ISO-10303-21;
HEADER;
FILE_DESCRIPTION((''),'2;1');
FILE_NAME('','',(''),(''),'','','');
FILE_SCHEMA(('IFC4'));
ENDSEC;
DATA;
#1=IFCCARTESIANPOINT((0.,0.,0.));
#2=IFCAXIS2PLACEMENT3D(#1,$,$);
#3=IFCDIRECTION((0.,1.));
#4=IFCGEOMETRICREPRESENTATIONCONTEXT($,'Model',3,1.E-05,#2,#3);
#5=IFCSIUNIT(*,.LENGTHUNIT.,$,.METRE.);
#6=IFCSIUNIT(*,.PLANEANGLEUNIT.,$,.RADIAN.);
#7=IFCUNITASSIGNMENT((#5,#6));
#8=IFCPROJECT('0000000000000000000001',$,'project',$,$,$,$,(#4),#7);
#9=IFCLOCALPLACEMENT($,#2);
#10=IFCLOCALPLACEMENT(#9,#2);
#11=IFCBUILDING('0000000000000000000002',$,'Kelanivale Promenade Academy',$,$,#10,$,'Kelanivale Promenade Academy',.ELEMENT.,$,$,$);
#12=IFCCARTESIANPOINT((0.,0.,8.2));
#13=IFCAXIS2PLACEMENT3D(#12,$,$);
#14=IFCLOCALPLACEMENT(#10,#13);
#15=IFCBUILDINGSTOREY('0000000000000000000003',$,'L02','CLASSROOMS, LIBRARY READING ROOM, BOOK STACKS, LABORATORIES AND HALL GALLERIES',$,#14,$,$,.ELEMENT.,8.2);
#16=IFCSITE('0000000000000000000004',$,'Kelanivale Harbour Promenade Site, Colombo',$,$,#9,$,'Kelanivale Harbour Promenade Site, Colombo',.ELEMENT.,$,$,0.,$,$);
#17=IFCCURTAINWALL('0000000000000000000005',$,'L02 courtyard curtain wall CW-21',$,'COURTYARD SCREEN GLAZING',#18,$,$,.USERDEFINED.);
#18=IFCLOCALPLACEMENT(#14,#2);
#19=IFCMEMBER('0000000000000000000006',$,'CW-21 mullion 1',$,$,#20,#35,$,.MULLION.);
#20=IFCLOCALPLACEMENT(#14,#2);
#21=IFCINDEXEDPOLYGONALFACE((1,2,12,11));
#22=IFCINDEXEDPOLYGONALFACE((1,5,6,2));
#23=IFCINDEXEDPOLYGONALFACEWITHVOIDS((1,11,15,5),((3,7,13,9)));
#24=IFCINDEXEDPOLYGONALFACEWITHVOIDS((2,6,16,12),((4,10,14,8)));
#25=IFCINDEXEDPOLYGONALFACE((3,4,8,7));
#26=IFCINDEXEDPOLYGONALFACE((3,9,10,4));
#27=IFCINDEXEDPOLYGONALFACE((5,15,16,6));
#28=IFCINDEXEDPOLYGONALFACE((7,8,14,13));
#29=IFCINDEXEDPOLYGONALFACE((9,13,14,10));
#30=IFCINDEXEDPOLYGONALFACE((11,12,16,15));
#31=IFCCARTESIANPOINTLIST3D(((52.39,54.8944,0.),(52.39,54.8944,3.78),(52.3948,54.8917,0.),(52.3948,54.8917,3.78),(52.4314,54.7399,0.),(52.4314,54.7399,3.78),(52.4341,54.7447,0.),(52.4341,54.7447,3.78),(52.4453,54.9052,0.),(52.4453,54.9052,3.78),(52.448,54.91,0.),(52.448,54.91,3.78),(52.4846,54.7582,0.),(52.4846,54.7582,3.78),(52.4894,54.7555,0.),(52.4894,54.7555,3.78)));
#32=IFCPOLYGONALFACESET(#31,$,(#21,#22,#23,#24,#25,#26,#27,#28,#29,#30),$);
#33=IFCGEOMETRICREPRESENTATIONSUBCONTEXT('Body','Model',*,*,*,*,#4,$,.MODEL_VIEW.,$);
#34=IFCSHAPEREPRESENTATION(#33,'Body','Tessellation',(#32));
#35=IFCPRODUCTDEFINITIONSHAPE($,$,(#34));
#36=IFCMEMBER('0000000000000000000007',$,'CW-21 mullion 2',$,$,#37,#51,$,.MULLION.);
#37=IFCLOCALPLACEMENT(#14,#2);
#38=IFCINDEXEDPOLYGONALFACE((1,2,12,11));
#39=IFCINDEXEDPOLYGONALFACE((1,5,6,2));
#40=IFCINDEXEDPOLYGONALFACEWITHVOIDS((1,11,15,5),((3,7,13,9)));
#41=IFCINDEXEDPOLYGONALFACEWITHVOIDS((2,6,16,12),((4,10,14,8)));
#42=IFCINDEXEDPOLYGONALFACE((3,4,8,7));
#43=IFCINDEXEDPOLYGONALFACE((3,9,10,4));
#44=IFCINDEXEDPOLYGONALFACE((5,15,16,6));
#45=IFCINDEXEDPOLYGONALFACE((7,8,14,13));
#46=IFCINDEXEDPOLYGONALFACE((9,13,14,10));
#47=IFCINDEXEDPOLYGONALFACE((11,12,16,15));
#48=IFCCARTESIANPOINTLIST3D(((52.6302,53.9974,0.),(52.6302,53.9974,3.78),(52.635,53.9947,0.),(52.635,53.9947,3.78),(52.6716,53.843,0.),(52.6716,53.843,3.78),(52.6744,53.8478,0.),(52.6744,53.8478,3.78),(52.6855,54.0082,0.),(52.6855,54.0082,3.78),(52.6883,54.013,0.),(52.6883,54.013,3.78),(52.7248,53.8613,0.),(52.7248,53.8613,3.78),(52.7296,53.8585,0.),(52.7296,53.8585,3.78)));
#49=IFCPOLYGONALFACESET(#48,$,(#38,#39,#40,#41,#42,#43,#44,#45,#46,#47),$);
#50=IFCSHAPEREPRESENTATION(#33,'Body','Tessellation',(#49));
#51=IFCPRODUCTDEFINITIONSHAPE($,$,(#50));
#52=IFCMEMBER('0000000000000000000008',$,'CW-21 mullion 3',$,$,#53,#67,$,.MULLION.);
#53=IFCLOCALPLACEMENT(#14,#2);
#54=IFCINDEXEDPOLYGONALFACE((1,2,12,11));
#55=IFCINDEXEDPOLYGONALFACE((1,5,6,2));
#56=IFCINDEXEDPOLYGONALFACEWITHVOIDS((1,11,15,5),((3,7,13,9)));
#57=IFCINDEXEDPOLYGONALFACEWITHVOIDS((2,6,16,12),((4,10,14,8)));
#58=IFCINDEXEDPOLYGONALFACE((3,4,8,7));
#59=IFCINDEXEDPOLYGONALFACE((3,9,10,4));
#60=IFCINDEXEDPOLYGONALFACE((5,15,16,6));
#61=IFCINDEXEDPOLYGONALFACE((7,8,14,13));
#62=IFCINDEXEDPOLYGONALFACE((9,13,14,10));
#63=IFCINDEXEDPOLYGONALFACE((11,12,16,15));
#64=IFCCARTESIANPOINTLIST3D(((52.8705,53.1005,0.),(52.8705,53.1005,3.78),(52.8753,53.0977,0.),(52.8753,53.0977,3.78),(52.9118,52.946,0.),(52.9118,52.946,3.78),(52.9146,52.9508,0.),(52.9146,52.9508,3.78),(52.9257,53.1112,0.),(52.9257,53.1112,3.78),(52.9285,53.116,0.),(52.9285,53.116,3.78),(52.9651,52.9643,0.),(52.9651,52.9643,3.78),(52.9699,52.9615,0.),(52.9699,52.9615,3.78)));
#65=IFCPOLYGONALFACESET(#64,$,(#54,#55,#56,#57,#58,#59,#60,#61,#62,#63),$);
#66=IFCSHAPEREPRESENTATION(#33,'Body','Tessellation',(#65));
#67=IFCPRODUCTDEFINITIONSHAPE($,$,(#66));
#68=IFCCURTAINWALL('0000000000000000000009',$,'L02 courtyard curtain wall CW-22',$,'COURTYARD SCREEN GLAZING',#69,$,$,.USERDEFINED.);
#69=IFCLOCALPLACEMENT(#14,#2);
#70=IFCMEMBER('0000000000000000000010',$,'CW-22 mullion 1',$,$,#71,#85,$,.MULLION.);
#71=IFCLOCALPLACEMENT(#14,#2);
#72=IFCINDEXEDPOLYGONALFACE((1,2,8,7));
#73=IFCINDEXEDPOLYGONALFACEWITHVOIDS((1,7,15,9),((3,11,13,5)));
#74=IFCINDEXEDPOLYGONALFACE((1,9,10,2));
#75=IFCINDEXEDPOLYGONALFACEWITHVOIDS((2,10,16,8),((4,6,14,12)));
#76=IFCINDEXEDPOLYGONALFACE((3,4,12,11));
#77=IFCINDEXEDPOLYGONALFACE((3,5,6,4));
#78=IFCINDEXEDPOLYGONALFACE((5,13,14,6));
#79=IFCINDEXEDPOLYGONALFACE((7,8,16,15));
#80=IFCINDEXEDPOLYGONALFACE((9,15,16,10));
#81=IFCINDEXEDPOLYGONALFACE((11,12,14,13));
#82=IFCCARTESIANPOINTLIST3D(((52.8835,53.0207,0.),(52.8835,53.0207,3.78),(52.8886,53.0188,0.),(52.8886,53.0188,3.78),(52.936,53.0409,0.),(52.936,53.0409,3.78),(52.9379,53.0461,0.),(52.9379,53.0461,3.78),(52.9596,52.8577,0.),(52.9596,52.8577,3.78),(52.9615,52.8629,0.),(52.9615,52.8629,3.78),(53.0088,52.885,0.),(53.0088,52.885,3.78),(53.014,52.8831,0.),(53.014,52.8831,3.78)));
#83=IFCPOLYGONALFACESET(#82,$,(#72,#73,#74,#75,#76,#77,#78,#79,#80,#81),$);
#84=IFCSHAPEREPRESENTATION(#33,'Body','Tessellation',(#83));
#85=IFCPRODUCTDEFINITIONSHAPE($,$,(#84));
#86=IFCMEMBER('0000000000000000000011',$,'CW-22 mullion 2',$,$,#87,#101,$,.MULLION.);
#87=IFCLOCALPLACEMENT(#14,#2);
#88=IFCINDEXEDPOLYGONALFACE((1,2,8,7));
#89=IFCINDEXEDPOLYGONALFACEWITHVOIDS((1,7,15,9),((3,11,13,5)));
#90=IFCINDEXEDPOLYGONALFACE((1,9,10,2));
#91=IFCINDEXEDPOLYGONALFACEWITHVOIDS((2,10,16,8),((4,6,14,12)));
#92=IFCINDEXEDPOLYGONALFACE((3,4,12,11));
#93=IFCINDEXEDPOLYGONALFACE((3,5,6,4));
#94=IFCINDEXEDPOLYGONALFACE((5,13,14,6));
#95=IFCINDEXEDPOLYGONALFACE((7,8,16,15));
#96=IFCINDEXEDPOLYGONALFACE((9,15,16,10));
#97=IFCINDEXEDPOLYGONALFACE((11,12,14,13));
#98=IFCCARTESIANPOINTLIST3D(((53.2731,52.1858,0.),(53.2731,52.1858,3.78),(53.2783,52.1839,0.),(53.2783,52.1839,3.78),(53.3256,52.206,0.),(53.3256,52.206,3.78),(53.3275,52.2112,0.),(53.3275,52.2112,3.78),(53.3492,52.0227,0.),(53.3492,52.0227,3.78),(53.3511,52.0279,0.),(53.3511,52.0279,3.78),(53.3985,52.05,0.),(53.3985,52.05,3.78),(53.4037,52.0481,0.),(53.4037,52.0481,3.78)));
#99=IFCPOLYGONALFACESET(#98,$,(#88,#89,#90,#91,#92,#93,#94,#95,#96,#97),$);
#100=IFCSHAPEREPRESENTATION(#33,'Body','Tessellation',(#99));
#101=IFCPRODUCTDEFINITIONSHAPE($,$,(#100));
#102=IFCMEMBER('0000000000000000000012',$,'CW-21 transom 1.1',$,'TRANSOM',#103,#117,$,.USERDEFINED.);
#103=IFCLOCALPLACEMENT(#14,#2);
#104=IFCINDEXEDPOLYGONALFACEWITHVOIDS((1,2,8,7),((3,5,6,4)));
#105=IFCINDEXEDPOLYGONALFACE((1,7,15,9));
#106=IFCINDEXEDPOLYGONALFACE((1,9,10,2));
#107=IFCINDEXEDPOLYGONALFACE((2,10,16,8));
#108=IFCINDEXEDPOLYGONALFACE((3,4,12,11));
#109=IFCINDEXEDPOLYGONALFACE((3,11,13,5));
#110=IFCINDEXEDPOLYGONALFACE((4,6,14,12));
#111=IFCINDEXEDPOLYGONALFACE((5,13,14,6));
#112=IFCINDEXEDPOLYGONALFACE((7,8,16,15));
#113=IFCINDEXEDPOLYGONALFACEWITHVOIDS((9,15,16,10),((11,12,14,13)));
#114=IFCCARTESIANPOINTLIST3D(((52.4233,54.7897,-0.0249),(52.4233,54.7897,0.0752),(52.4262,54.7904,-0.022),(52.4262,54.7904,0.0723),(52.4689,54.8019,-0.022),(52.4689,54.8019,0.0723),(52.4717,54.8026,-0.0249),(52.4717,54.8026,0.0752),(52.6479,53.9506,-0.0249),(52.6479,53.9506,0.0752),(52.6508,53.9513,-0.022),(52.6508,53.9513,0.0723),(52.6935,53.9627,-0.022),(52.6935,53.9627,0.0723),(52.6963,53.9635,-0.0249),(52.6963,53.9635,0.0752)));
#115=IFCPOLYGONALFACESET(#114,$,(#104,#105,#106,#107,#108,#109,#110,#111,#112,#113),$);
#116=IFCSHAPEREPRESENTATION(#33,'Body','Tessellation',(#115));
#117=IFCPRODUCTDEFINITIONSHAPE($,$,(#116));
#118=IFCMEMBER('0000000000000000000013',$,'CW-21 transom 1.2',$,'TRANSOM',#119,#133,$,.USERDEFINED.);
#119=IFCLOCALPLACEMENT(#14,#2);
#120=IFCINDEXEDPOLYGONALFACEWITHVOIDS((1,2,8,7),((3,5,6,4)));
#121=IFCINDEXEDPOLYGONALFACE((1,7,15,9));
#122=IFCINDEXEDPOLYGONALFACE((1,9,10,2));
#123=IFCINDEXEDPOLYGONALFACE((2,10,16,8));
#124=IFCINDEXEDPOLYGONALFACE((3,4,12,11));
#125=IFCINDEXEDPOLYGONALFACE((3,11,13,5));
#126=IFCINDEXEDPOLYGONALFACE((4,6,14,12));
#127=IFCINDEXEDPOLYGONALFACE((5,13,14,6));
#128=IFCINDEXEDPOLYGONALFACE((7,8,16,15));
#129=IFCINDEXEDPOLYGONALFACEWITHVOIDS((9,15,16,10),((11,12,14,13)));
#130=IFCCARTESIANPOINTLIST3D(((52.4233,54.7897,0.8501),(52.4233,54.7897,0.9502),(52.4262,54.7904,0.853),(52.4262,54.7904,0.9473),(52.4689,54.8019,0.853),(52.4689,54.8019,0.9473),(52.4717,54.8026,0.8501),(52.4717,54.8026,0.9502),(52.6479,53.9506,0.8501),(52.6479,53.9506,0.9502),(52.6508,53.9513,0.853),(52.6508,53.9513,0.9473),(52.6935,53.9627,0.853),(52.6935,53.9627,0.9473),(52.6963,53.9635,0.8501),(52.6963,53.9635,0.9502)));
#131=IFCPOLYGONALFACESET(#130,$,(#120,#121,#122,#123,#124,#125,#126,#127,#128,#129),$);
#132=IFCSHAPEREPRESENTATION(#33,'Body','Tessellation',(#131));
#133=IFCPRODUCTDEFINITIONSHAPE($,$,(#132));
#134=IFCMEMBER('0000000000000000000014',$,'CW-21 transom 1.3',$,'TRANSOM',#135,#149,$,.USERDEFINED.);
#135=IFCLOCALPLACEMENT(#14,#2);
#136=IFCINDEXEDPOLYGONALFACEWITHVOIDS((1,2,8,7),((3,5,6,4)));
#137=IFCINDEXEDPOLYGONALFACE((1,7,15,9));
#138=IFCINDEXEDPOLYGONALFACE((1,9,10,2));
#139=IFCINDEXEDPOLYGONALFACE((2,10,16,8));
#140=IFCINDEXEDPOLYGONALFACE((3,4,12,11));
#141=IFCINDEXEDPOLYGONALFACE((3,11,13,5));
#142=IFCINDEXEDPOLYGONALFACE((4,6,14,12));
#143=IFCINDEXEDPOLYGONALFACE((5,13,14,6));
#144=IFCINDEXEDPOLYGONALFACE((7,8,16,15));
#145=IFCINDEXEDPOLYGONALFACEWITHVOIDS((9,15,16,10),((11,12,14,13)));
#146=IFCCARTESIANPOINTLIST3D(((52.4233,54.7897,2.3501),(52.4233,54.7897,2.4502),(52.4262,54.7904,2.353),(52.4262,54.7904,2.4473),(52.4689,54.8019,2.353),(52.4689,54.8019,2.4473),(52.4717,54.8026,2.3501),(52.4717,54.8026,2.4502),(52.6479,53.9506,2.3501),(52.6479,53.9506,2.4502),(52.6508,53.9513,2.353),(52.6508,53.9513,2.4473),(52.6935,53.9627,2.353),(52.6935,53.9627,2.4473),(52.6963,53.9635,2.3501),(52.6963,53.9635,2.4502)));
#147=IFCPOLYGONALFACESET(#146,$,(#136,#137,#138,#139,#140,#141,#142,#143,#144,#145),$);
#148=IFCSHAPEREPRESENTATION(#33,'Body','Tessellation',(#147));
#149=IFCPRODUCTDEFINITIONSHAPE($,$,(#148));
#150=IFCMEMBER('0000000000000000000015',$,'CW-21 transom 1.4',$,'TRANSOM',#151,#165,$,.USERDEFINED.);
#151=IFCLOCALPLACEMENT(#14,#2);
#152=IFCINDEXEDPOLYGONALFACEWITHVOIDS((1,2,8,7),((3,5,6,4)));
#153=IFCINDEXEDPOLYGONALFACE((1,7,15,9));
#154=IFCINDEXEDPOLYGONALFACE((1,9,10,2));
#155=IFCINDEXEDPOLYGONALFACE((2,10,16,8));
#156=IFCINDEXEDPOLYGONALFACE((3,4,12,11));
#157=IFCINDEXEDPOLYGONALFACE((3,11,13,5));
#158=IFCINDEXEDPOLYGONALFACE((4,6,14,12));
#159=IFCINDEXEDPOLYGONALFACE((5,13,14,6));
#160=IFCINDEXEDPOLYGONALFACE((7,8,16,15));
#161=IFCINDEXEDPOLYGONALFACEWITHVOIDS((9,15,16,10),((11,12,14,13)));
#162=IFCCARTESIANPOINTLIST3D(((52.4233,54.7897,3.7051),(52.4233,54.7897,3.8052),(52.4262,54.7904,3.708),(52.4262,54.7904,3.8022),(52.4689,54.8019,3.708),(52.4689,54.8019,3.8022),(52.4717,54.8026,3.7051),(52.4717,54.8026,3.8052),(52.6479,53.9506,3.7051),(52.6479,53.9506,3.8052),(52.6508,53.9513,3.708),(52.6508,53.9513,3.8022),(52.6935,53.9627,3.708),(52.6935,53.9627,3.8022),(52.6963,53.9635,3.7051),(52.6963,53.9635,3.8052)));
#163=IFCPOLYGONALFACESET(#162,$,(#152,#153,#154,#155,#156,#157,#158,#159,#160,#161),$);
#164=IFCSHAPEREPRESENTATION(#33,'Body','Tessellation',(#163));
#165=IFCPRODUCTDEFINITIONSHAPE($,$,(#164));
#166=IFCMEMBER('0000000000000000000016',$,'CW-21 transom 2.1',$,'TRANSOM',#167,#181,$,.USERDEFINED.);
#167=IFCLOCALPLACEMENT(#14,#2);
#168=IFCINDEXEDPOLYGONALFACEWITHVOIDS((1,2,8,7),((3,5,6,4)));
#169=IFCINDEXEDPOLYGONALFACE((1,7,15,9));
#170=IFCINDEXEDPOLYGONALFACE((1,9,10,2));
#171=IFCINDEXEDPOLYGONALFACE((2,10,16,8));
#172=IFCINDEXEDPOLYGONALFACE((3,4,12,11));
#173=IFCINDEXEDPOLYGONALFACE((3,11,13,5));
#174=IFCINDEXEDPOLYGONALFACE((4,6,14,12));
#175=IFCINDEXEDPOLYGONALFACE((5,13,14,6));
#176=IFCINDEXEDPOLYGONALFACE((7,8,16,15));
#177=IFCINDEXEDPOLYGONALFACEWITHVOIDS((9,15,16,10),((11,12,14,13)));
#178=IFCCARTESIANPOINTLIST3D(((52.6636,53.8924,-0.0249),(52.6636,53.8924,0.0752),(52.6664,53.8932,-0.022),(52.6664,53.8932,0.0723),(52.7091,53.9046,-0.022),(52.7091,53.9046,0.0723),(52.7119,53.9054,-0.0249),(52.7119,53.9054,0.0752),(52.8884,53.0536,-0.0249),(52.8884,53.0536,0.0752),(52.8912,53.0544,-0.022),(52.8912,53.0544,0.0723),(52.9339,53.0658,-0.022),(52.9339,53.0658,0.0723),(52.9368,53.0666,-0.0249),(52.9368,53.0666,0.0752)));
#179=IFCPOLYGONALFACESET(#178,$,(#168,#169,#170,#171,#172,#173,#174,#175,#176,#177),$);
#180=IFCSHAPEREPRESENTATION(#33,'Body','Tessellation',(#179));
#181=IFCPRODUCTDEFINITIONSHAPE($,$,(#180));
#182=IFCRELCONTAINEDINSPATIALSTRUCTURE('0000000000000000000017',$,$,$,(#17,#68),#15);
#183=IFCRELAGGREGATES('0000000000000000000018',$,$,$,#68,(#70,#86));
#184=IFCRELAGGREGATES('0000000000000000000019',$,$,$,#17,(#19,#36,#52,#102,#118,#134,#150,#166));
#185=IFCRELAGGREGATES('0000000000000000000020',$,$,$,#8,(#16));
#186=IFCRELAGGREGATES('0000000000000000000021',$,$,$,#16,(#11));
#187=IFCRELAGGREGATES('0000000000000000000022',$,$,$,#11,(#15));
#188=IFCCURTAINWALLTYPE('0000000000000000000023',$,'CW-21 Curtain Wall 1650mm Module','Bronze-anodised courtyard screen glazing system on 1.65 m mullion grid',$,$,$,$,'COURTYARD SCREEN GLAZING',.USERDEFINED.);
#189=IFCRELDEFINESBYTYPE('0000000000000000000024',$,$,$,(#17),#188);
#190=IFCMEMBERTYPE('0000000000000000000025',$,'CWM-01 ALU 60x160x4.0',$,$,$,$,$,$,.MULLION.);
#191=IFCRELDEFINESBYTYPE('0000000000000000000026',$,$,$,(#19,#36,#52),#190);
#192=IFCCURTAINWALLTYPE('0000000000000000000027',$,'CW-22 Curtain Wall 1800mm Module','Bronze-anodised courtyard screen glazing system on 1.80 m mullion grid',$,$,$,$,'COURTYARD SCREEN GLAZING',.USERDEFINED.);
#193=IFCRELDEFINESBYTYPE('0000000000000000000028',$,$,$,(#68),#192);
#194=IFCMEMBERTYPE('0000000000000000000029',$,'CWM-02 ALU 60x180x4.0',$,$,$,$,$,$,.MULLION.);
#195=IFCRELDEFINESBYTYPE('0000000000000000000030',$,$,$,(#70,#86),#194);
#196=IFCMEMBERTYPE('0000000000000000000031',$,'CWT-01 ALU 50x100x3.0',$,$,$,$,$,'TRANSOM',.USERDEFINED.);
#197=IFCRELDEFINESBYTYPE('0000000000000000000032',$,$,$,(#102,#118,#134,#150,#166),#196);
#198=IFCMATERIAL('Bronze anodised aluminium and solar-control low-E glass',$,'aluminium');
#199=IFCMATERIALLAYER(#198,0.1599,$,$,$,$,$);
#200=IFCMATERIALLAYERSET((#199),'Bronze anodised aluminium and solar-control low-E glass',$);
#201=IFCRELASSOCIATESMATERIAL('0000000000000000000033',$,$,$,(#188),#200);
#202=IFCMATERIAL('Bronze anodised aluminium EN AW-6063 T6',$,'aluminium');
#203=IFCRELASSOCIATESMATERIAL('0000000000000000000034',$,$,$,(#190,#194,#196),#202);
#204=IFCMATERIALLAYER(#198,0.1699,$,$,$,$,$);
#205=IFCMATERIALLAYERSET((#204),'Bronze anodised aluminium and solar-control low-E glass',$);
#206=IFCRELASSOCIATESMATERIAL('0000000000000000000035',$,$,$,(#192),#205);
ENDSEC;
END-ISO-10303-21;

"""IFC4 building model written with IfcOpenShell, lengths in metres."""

from ifc_helpers import new_model, si_unit, direction, frame, origin, origin_2d, place, context, subcontext, project, spatial, hollow_rectangle, extrude, material, layer, layer_set, material_profile, profile_set, type_object, element, aggregate, save


model = new_model("IFC4")

# Units and contexts
model_context = context("Model", 3, precision=1e-05, world=origin(), true_north=direction((0.0, 1.0)))
body_context = subcontext(model_context, "Body", "Model", "MODEL_VIEW")
ifc_project = project(units=[si_unit("LENGTHUNIT", "METRE"), si_unit("PLANEANGLEUNIT", "RADIAN")], contexts=[model_context])

# Site, building, storey
site_placement = place(None, origin())
site = spatial("IfcSite", under=ifc_project, at=site_placement, Name="Kelanivale Harbour Promenade Site, Colombo", LongName="Kelanivale Harbour Promenade Site, Colombo", CompositionType="ELEMENT", RefElevation=0.0)
building_placement = place(site_placement, origin())
building = spatial("IfcBuilding", under=site, at=building_placement, Name="Kelanivale Promenade Academy", LongName="Kelanivale Promenade Academy", CompositionType="ELEMENT")
storey_placement = place(building_placement, frame((0.0, 0.0, 8.2)))
storey = spatial("IfcBuildingStorey", under=building, at=storey_placement, Name="L02", Description="CLASSROOMS, LIBRARY READING ROOM, BOOK STACKS, LABORATORIES AND HALL GALLERIES", CompositionType="ELEMENT", Elevation=8.2)

# Curtain walls, members
ifc_material_1 = material(Name="Bronze anodised aluminium and solar-control low-E glass", Category="aluminium")
ifc_layer_1 = layer(ifc_material_1, 0.1599)
ifc_layer_set_1 = layer_set([ifc_layer_1], Name="Bronze anodised aluminium and solar-control low-E glass")
curtain_wall_type_1 = type_object("IfcCurtainWallType", Name="CW-21 Curtain Wall 1650mm Module", Description="Bronze-anodised courtyard screen glazing system on 1.65 m mullion grid", ElementType="COURTYARD SCREEN GLAZING", PredefinedType="USERDEFINED", material=ifc_layer_set_1)
curtain_wall_1_placement = place(storey_placement, origin())
curtain_wall_1 = element("IfcCurtainWall", 1, at=curtain_wall_1_placement, inside=storey, type_object=curtain_wall_type_1, Name="L02 courtyard curtain wall CW-21", ObjectType="COURTYARD SCREEN GLAZING", PredefinedType="USERDEFINED")
ifc_material_2 = material(Name="Bronze anodised aluminium EN AW-6063 T6", Category="aluminium")
ifc_material_profile_1 = material_profile(ifc_material_2, hollow_rectangle(XDim=0.0601, YDim=0.1599, WallThickness=0.0039, at=origin_2d()), Name="ALU 60x160x4.0")
ifc_profile_set_1 = profile_set([ifc_material_profile_1], Name="Bronze anodised aluminium EN AW-6063 T6")
member_type_1 = type_object("IfcMemberType", Name="CWM-01 ALU 60x160x4.0", PredefinedType="MULLION", material=ifc_profile_set_1)
member_1_placement = place(storey_placement, frame((52.4397, 54.825, 0.0), z_axis=(0.0, 0.0, 1.0), x_axis=(0.965957, 0.258701, 0.0)))
member_1 = element("IfcMember", 2, at=member_1_placement, type_object=member_type_1, Name="CW-21 mullion 1", PredefinedType="MULLION", context=body_context, shape_type="SweptSolid", body=[
    extrude(hollow_rectangle(XDim=0.0601, YDim=0.1599, WallThickness=0.0039, at=origin_2d()), origin(), (0.0, 0.0, 1.0), 3.78),
])
member_2_placement = place(storey_placement, frame((52.6799, 53.928, 0.0), z_axis=(0.0, 0.0, 1.0), x_axis=(0.965957, 0.258701, 0.0)))
member_2 = element("IfcMember", 3, at=member_2_placement, type_object=member_type_1, Name="CW-21 mullion 2", PredefinedType="MULLION", context=body_context, shape_type="SweptSolid", body=[
    extrude(hollow_rectangle(XDim=0.0601, YDim=0.1599, WallThickness=0.0039, at=origin_2d()), origin(), (0.0, 0.0, 1.0), 3.78),
])
member_3_placement = place(storey_placement, frame((52.9202, 53.031, 0.0), z_axis=(0.0, 0.0, 1.0), x_axis=(0.965957, 0.258701, 0.0)))
member_3 = element("IfcMember", 4, at=member_3_placement, type_object=member_type_1, Name="CW-21 mullion 3", PredefinedType="MULLION", context=body_context, shape_type="SweptSolid", body=[
    extrude(hollow_rectangle(XDim=0.0601, YDim=0.1599, WallThickness=0.0039, at=origin_2d()), origin(), (0.0, 0.0, 1.0), 3.78),
])
ifc_layer_2 = layer(ifc_material_1, 0.1699)
ifc_layer_set_2 = layer_set([ifc_layer_2], Name="Bronze anodised aluminium and solar-control low-E glass")
curtain_wall_type_2 = type_object("IfcCurtainWallType", Name="CW-22 Curtain Wall 1800mm Module", Description="Bronze-anodised courtyard screen glazing system on 1.80 m mullion grid", ElementType="COURTYARD SCREEN GLAZING", PredefinedType="USERDEFINED", material=ifc_layer_set_2)
curtain_wall_2_placement = place(storey_placement, origin())
curtain_wall_2 = element("IfcCurtainWall", 5, at=curtain_wall_2_placement, inside=storey, type_object=curtain_wall_type_2, Name="L02 courtyard curtain wall CW-22", ObjectType="COURTYARD SCREEN GLAZING", PredefinedType="USERDEFINED")
ifc_material_profile_2 = material_profile(ifc_material_2, hollow_rectangle(XDim=0.0601, YDim=0.1799, WallThickness=0.0039, at=origin_2d()), Name="ALU 60x180x4.0")
ifc_profile_set_2 = profile_set([ifc_material_profile_2], Name="Bronze anodised aluminium EN AW-6063 T6")
member_type_2 = type_object("IfcMemberType", Name="CWM-02 ALU 60x180x4.0", PredefinedType="MULLION", material=ifc_profile_set_2)
member_4_placement = place(storey_placement, frame((52.9487, 52.9519, 0.0), z_axis=(0.0, 0.0, 1.0), x_axis=(0.906089, 0.423087, 0.0)))
member_4 = element("IfcMember", 6, at=member_4_placement, type_object=member_type_2, Name="CW-22 mullion 1", PredefinedType="MULLION", context=body_context, shape_type="SweptSolid", body=[
    extrude(hollow_rectangle(XDim=0.0601, YDim=0.1799, WallThickness=0.0039, at=origin_2d()), origin(), (0.0, 0.0, 1.0), 3.78),
])
member_5_placement = place(storey_placement, frame((53.3384, 52.1169, 0.0), z_axis=(0.0, 0.0, 1.0), x_axis=(0.906089, 0.423087, 0.0)))
member_5 = element("IfcMember", 7, at=member_5_placement, type_object=member_type_2, Name="CW-22 mullion 2", PredefinedType="MULLION", context=body_context, shape_type="SweptSolid", body=[
    extrude(hollow_rectangle(XDim=0.0601, YDim=0.1799, WallThickness=0.0039, at=origin_2d()), origin(), (0.0, 0.0, 1.0), 3.78),
])

# Members
ifc_material_profile_3 = material_profile(ifc_material_2, hollow_rectangle(XDim=0.05, YDim=0.1001, WallThickness=0.0029, at=origin_2d()), Name="ALU 50x100x3.0")
ifc_profile_set_3 = profile_set([ifc_material_profile_3], Name="Bronze anodised aluminium EN AW-6063 T6")
member_type_3 = type_object("IfcMemberType", Name="CWT-01 ALU 50x100x3.0", ElementType="TRANSOM", PredefinedType="USERDEFINED", material=ifc_profile_set_3)
member_6_placement = place(storey_placement, frame((52.4475, 54.7961, 0.0251), z_axis=(0.258572, -0.965992, 0.0), x_axis=(0.965992, 0.258572, 0.0)))
member_6 = element("IfcMember", 8, at=member_6_placement, type_object=member_type_3, Name="CW-21 transom 1.1", ObjectType="TRANSOM", PredefinedType="USERDEFINED", context=body_context, shape_type="SweptSolid", body=[
    extrude(hollow_rectangle(XDim=0.05, YDim=0.1001, WallThickness=0.0029, at=origin_2d()), origin(), (0.0, 0.0, 1.0), 0.8687),
])
member_7_placement = place(storey_placement, frame((52.4475, 54.7961, 0.9001), z_axis=(0.258572, -0.965992, 0.0), x_axis=(0.965992, 0.258572, 0.0)))
member_7 = element("IfcMember", 9, at=member_7_placement, type_object=member_type_3, Name="CW-21 transom 1.2", ObjectType="TRANSOM", PredefinedType="USERDEFINED", context=body_context, shape_type="SweptSolid", body=[
    extrude(hollow_rectangle(XDim=0.05, YDim=0.1001, WallThickness=0.0029, at=origin_2d()), origin(), (0.0, 0.0, 1.0), 0.8687),
])
member_8_placement = place(storey_placement, frame((52.4475, 54.7961, 2.4001), z_axis=(0.258572, -0.965992, 0.0), x_axis=(0.965992, 0.258572, 0.0)))
member_8 = element("IfcMember", 10, at=member_8_placement, type_object=member_type_3, Name="CW-21 transom 1.3", ObjectType="TRANSOM", PredefinedType="USERDEFINED", context=body_context, shape_type="SweptSolid", body=[
    extrude(hollow_rectangle(XDim=0.05, YDim=0.1001, WallThickness=0.0029, at=origin_2d()), origin(), (0.0, 0.0, 1.0), 0.8687),
])
member_9_placement = place(storey_placement, frame((52.4475, 54.7961, 3.7551), z_axis=(0.258572, -0.965992, 0.0), x_axis=(0.965992, 0.258572, 0.0)))
member_9 = element("IfcMember", 11, at=member_9_placement, type_object=member_type_3, Name="CW-21 transom 1.4", ObjectType="TRANSOM", PredefinedType="USERDEFINED", context=body_context, shape_type="SweptSolid", body=[
    extrude(hollow_rectangle(XDim=0.05, YDim=0.1001, WallThickness=0.0029, at=origin_2d()), origin(), (0.0, 0.0, 1.0), 0.8687),
])
member_10_placement = place(storey_placement, frame((52.6877, 53.8989, 0.0251), z_axis=(0.258905, -0.965903, 0.0), x_axis=(0.965903, 0.258905, 0.0)))
member_10 = element("IfcMember", 12, at=member_10_placement, type_object=member_type_3, Name="CW-21 transom 2.1", ObjectType="TRANSOM", PredefinedType="USERDEFINED", context=body_context, shape_type="SweptSolid", body=[
    extrude(hollow_rectangle(XDim=0.05, YDim=0.1001, WallThickness=0.0029, at=origin_2d()), origin(), (0.0, 0.0, 1.0), 0.8684),
])

aggregate(curtain_wall_2, [member_4, member_5])
aggregate(curtain_wall_1, [member_1, member_2, member_3, member_6, member_7, member_8, member_9, member_10])

save(model, "model.ifc")
